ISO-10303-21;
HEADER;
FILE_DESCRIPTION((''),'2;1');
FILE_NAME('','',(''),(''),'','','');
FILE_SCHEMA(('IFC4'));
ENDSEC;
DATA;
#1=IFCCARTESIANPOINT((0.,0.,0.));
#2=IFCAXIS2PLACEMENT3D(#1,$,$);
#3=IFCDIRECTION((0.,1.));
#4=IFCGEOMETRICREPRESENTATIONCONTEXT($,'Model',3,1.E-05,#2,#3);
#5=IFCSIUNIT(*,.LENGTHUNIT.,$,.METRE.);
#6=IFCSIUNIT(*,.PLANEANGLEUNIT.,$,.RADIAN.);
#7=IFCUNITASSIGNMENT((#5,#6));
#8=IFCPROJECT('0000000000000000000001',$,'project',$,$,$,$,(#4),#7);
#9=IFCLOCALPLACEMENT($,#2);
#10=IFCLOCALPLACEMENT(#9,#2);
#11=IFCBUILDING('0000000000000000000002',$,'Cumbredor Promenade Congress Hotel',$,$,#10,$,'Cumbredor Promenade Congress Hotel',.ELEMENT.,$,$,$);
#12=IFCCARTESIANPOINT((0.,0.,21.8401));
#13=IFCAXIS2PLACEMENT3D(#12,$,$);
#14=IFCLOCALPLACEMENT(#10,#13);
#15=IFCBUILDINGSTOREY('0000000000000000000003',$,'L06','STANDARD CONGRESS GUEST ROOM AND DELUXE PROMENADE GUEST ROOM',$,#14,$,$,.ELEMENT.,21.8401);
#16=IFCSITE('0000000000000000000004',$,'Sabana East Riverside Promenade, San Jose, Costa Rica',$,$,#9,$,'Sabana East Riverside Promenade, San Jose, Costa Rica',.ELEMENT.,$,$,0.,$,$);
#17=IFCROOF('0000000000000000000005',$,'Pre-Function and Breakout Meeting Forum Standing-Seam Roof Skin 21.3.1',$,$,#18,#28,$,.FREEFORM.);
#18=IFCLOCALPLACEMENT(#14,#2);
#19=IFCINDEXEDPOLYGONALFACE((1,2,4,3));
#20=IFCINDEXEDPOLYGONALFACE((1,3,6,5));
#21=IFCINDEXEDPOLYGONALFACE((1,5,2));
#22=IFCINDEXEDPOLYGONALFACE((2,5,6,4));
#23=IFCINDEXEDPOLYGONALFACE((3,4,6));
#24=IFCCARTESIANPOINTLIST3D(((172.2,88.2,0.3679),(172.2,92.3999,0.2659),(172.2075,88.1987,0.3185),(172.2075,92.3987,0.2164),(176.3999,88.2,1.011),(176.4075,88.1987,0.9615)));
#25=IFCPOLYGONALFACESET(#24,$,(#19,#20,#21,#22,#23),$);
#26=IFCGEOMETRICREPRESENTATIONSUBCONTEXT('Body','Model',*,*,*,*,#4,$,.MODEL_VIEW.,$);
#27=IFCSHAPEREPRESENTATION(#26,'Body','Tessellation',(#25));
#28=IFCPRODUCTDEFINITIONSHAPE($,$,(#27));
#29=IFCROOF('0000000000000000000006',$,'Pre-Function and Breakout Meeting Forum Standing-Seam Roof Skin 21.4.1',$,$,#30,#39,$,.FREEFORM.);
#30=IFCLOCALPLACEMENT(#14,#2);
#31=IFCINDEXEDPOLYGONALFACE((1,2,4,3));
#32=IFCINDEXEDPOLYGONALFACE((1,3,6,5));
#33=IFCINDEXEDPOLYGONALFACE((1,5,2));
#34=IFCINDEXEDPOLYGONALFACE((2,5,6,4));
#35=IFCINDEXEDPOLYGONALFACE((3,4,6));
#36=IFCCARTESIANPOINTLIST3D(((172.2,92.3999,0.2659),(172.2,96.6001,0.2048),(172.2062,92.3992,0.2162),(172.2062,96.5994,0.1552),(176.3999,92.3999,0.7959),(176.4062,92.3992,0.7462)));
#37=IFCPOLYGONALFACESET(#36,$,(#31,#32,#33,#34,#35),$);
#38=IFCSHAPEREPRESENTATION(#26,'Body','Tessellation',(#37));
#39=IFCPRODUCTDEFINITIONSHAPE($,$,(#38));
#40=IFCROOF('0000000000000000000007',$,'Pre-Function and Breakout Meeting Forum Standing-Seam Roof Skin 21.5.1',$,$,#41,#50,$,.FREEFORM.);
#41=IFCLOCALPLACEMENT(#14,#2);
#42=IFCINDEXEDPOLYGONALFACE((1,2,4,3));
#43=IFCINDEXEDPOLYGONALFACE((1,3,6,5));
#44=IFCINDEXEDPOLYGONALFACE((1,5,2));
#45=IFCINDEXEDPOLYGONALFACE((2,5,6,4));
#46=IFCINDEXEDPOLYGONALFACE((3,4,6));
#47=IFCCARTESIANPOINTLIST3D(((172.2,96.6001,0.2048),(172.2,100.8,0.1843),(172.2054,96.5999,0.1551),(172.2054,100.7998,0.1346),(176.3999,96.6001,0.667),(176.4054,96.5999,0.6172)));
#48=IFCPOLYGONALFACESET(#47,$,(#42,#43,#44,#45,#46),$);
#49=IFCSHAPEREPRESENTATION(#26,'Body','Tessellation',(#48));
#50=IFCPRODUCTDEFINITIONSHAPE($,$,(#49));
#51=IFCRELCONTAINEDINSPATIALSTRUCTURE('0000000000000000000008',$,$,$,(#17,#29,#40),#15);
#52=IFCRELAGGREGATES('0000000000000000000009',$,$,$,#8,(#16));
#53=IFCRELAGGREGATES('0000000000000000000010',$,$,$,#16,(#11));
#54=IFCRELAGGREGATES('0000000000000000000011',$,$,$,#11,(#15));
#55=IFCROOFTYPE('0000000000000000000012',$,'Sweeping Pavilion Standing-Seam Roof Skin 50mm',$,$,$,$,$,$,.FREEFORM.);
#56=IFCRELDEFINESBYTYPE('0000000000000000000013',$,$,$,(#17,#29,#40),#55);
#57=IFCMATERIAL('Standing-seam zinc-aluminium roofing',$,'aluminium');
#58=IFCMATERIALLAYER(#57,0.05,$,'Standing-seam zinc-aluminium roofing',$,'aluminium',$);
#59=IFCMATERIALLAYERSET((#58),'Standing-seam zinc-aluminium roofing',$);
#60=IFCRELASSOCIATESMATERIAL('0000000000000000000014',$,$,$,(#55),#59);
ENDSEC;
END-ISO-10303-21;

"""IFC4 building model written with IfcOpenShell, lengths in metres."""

from ifc_helpers import new_model, si_unit, direction, frame, origin, place, context, subcontext, project, spatial, polyline, outline, extrude, material, layer, layer_set, type_object, element, save


model = new_model("IFC4")

# Units and contexts
model_context = context("Model", 3, precision=1e-05, world=origin(), true_north=direction((0.0, 1.0)))
body_context = subcontext(model_context, "Body", "Model", "MODEL_VIEW")
ifc_project = project(units=[si_unit("LENGTHUNIT", "METRE"), si_unit("PLANEANGLEUNIT", "RADIAN")], contexts=[model_context])

# Site, building, storey
site_placement = place(None, origin())
site = spatial("IfcSite", under=ifc_project, at=site_placement, Name="Sabana East Riverside Promenade, San Jose, Costa Rica", LongName="Sabana East Riverside Promenade, San Jose, Costa Rica", CompositionType="ELEMENT", RefElevation=0.0)
building_placement = place(site_placement, origin())
building = spatial("IfcBuilding", under=site, at=building_placement, Name="Cumbredor Promenade Congress Hotel", LongName="Cumbredor Promenade Congress Hotel", CompositionType="ELEMENT")
storey_placement = place(building_placement, frame((0.0, 0.0, 21.8401)))
storey = spatial("IfcBuildingStorey", under=building, at=storey_placement, Name="L06", Description="STANDARD CONGRESS GUEST ROOM AND DELUXE PROMENADE GUEST ROOM", CompositionType="ELEMENT", Elevation=21.8401)

# Roofs
ifc_material_1 = material(Name="Standing-seam zinc-aluminium roofing", Category="aluminium")
ifc_layer_1 = layer(ifc_material_1, 0.05, Name="Standing-seam zinc-aluminium roofing", Category="aluminium")
ifc_layer_set_1 = layer_set([ifc_layer_1], Name="Standing-seam zinc-aluminium roofing")
roof_type = type_object("IfcRoofType", Name="Sweeping Pavilion Standing-Seam Roof Skin 50mm", PredefinedType="FREEFORM", material=ifc_layer_set_1)
roof_1_placement = place(storey_placement, frame((172.2, 88.2, 0.3679), z_axis=(-0.151305, 0.024011, 0.988195), x_axis=(0.98848, 0.0, 0.151349)))
element("IfcRoof", 1, at=roof_1_placement, inside=storey, type_object=roof_type, Name="Pre-Function and Breakout Meeting Forum Standing-Seam Roof Skin 21.3.1", PredefinedType="FREEFORM", context=body_context, shape_type="SweptSolid", body=[
    extrude(outline(polyline([(0.0, 0.0), (4.2489, 0.0), (-0.0154, 4.2012), (0.0, 0.0)])), origin(), (0.0, 0.0, -1.0), 0.05),
])
roof_2_placement = place(storey_placement, frame((172.2, 92.3999, 0.2659), z_axis=(-0.125193, 0.014416, 0.992028), x_axis=(0.992131, 0.0, 0.125206)))
element("IfcRoof", 2, at=roof_2_placement, inside=storey, type_object=roof_type, Name="Pre-Function and Breakout Meeting Forum Standing-Seam Roof Skin 21.4.1", PredefinedType="FREEFORM", context=body_context, shape_type="SweptSolid", body=[
    extrude(outline(polyline([(0.0, 0.0), (4.2333, 0.0), (-0.0076, 4.2006), (0.0, 0.0)])), origin(), (0.0, 0.0, -1.0), 0.05),
])
roof_3_placement = place(storey_placement, frame((172.2, 96.6001, 0.2048), z_axis=(-0.109377, 0.004854, 0.993988), x_axis=(0.994, 0.0, 0.109379)))
element("IfcRoof", 3, at=roof_3_placement, inside=storey, type_object=roof_type, Name="Pre-Function and Breakout Meeting Forum Standing-Seam Roof Skin 21.5.1", PredefinedType="FREEFORM", context=body_context, shape_type="SweptSolid", body=[
    extrude(outline(polyline([(0.0, 0.0), (4.2253, 0.0), (-0.0022, 4.2), (0.0, 0.0)])), origin(), (0.0, 0.0, -1.0), 0.05),
])

save(model, "model.ifc")
